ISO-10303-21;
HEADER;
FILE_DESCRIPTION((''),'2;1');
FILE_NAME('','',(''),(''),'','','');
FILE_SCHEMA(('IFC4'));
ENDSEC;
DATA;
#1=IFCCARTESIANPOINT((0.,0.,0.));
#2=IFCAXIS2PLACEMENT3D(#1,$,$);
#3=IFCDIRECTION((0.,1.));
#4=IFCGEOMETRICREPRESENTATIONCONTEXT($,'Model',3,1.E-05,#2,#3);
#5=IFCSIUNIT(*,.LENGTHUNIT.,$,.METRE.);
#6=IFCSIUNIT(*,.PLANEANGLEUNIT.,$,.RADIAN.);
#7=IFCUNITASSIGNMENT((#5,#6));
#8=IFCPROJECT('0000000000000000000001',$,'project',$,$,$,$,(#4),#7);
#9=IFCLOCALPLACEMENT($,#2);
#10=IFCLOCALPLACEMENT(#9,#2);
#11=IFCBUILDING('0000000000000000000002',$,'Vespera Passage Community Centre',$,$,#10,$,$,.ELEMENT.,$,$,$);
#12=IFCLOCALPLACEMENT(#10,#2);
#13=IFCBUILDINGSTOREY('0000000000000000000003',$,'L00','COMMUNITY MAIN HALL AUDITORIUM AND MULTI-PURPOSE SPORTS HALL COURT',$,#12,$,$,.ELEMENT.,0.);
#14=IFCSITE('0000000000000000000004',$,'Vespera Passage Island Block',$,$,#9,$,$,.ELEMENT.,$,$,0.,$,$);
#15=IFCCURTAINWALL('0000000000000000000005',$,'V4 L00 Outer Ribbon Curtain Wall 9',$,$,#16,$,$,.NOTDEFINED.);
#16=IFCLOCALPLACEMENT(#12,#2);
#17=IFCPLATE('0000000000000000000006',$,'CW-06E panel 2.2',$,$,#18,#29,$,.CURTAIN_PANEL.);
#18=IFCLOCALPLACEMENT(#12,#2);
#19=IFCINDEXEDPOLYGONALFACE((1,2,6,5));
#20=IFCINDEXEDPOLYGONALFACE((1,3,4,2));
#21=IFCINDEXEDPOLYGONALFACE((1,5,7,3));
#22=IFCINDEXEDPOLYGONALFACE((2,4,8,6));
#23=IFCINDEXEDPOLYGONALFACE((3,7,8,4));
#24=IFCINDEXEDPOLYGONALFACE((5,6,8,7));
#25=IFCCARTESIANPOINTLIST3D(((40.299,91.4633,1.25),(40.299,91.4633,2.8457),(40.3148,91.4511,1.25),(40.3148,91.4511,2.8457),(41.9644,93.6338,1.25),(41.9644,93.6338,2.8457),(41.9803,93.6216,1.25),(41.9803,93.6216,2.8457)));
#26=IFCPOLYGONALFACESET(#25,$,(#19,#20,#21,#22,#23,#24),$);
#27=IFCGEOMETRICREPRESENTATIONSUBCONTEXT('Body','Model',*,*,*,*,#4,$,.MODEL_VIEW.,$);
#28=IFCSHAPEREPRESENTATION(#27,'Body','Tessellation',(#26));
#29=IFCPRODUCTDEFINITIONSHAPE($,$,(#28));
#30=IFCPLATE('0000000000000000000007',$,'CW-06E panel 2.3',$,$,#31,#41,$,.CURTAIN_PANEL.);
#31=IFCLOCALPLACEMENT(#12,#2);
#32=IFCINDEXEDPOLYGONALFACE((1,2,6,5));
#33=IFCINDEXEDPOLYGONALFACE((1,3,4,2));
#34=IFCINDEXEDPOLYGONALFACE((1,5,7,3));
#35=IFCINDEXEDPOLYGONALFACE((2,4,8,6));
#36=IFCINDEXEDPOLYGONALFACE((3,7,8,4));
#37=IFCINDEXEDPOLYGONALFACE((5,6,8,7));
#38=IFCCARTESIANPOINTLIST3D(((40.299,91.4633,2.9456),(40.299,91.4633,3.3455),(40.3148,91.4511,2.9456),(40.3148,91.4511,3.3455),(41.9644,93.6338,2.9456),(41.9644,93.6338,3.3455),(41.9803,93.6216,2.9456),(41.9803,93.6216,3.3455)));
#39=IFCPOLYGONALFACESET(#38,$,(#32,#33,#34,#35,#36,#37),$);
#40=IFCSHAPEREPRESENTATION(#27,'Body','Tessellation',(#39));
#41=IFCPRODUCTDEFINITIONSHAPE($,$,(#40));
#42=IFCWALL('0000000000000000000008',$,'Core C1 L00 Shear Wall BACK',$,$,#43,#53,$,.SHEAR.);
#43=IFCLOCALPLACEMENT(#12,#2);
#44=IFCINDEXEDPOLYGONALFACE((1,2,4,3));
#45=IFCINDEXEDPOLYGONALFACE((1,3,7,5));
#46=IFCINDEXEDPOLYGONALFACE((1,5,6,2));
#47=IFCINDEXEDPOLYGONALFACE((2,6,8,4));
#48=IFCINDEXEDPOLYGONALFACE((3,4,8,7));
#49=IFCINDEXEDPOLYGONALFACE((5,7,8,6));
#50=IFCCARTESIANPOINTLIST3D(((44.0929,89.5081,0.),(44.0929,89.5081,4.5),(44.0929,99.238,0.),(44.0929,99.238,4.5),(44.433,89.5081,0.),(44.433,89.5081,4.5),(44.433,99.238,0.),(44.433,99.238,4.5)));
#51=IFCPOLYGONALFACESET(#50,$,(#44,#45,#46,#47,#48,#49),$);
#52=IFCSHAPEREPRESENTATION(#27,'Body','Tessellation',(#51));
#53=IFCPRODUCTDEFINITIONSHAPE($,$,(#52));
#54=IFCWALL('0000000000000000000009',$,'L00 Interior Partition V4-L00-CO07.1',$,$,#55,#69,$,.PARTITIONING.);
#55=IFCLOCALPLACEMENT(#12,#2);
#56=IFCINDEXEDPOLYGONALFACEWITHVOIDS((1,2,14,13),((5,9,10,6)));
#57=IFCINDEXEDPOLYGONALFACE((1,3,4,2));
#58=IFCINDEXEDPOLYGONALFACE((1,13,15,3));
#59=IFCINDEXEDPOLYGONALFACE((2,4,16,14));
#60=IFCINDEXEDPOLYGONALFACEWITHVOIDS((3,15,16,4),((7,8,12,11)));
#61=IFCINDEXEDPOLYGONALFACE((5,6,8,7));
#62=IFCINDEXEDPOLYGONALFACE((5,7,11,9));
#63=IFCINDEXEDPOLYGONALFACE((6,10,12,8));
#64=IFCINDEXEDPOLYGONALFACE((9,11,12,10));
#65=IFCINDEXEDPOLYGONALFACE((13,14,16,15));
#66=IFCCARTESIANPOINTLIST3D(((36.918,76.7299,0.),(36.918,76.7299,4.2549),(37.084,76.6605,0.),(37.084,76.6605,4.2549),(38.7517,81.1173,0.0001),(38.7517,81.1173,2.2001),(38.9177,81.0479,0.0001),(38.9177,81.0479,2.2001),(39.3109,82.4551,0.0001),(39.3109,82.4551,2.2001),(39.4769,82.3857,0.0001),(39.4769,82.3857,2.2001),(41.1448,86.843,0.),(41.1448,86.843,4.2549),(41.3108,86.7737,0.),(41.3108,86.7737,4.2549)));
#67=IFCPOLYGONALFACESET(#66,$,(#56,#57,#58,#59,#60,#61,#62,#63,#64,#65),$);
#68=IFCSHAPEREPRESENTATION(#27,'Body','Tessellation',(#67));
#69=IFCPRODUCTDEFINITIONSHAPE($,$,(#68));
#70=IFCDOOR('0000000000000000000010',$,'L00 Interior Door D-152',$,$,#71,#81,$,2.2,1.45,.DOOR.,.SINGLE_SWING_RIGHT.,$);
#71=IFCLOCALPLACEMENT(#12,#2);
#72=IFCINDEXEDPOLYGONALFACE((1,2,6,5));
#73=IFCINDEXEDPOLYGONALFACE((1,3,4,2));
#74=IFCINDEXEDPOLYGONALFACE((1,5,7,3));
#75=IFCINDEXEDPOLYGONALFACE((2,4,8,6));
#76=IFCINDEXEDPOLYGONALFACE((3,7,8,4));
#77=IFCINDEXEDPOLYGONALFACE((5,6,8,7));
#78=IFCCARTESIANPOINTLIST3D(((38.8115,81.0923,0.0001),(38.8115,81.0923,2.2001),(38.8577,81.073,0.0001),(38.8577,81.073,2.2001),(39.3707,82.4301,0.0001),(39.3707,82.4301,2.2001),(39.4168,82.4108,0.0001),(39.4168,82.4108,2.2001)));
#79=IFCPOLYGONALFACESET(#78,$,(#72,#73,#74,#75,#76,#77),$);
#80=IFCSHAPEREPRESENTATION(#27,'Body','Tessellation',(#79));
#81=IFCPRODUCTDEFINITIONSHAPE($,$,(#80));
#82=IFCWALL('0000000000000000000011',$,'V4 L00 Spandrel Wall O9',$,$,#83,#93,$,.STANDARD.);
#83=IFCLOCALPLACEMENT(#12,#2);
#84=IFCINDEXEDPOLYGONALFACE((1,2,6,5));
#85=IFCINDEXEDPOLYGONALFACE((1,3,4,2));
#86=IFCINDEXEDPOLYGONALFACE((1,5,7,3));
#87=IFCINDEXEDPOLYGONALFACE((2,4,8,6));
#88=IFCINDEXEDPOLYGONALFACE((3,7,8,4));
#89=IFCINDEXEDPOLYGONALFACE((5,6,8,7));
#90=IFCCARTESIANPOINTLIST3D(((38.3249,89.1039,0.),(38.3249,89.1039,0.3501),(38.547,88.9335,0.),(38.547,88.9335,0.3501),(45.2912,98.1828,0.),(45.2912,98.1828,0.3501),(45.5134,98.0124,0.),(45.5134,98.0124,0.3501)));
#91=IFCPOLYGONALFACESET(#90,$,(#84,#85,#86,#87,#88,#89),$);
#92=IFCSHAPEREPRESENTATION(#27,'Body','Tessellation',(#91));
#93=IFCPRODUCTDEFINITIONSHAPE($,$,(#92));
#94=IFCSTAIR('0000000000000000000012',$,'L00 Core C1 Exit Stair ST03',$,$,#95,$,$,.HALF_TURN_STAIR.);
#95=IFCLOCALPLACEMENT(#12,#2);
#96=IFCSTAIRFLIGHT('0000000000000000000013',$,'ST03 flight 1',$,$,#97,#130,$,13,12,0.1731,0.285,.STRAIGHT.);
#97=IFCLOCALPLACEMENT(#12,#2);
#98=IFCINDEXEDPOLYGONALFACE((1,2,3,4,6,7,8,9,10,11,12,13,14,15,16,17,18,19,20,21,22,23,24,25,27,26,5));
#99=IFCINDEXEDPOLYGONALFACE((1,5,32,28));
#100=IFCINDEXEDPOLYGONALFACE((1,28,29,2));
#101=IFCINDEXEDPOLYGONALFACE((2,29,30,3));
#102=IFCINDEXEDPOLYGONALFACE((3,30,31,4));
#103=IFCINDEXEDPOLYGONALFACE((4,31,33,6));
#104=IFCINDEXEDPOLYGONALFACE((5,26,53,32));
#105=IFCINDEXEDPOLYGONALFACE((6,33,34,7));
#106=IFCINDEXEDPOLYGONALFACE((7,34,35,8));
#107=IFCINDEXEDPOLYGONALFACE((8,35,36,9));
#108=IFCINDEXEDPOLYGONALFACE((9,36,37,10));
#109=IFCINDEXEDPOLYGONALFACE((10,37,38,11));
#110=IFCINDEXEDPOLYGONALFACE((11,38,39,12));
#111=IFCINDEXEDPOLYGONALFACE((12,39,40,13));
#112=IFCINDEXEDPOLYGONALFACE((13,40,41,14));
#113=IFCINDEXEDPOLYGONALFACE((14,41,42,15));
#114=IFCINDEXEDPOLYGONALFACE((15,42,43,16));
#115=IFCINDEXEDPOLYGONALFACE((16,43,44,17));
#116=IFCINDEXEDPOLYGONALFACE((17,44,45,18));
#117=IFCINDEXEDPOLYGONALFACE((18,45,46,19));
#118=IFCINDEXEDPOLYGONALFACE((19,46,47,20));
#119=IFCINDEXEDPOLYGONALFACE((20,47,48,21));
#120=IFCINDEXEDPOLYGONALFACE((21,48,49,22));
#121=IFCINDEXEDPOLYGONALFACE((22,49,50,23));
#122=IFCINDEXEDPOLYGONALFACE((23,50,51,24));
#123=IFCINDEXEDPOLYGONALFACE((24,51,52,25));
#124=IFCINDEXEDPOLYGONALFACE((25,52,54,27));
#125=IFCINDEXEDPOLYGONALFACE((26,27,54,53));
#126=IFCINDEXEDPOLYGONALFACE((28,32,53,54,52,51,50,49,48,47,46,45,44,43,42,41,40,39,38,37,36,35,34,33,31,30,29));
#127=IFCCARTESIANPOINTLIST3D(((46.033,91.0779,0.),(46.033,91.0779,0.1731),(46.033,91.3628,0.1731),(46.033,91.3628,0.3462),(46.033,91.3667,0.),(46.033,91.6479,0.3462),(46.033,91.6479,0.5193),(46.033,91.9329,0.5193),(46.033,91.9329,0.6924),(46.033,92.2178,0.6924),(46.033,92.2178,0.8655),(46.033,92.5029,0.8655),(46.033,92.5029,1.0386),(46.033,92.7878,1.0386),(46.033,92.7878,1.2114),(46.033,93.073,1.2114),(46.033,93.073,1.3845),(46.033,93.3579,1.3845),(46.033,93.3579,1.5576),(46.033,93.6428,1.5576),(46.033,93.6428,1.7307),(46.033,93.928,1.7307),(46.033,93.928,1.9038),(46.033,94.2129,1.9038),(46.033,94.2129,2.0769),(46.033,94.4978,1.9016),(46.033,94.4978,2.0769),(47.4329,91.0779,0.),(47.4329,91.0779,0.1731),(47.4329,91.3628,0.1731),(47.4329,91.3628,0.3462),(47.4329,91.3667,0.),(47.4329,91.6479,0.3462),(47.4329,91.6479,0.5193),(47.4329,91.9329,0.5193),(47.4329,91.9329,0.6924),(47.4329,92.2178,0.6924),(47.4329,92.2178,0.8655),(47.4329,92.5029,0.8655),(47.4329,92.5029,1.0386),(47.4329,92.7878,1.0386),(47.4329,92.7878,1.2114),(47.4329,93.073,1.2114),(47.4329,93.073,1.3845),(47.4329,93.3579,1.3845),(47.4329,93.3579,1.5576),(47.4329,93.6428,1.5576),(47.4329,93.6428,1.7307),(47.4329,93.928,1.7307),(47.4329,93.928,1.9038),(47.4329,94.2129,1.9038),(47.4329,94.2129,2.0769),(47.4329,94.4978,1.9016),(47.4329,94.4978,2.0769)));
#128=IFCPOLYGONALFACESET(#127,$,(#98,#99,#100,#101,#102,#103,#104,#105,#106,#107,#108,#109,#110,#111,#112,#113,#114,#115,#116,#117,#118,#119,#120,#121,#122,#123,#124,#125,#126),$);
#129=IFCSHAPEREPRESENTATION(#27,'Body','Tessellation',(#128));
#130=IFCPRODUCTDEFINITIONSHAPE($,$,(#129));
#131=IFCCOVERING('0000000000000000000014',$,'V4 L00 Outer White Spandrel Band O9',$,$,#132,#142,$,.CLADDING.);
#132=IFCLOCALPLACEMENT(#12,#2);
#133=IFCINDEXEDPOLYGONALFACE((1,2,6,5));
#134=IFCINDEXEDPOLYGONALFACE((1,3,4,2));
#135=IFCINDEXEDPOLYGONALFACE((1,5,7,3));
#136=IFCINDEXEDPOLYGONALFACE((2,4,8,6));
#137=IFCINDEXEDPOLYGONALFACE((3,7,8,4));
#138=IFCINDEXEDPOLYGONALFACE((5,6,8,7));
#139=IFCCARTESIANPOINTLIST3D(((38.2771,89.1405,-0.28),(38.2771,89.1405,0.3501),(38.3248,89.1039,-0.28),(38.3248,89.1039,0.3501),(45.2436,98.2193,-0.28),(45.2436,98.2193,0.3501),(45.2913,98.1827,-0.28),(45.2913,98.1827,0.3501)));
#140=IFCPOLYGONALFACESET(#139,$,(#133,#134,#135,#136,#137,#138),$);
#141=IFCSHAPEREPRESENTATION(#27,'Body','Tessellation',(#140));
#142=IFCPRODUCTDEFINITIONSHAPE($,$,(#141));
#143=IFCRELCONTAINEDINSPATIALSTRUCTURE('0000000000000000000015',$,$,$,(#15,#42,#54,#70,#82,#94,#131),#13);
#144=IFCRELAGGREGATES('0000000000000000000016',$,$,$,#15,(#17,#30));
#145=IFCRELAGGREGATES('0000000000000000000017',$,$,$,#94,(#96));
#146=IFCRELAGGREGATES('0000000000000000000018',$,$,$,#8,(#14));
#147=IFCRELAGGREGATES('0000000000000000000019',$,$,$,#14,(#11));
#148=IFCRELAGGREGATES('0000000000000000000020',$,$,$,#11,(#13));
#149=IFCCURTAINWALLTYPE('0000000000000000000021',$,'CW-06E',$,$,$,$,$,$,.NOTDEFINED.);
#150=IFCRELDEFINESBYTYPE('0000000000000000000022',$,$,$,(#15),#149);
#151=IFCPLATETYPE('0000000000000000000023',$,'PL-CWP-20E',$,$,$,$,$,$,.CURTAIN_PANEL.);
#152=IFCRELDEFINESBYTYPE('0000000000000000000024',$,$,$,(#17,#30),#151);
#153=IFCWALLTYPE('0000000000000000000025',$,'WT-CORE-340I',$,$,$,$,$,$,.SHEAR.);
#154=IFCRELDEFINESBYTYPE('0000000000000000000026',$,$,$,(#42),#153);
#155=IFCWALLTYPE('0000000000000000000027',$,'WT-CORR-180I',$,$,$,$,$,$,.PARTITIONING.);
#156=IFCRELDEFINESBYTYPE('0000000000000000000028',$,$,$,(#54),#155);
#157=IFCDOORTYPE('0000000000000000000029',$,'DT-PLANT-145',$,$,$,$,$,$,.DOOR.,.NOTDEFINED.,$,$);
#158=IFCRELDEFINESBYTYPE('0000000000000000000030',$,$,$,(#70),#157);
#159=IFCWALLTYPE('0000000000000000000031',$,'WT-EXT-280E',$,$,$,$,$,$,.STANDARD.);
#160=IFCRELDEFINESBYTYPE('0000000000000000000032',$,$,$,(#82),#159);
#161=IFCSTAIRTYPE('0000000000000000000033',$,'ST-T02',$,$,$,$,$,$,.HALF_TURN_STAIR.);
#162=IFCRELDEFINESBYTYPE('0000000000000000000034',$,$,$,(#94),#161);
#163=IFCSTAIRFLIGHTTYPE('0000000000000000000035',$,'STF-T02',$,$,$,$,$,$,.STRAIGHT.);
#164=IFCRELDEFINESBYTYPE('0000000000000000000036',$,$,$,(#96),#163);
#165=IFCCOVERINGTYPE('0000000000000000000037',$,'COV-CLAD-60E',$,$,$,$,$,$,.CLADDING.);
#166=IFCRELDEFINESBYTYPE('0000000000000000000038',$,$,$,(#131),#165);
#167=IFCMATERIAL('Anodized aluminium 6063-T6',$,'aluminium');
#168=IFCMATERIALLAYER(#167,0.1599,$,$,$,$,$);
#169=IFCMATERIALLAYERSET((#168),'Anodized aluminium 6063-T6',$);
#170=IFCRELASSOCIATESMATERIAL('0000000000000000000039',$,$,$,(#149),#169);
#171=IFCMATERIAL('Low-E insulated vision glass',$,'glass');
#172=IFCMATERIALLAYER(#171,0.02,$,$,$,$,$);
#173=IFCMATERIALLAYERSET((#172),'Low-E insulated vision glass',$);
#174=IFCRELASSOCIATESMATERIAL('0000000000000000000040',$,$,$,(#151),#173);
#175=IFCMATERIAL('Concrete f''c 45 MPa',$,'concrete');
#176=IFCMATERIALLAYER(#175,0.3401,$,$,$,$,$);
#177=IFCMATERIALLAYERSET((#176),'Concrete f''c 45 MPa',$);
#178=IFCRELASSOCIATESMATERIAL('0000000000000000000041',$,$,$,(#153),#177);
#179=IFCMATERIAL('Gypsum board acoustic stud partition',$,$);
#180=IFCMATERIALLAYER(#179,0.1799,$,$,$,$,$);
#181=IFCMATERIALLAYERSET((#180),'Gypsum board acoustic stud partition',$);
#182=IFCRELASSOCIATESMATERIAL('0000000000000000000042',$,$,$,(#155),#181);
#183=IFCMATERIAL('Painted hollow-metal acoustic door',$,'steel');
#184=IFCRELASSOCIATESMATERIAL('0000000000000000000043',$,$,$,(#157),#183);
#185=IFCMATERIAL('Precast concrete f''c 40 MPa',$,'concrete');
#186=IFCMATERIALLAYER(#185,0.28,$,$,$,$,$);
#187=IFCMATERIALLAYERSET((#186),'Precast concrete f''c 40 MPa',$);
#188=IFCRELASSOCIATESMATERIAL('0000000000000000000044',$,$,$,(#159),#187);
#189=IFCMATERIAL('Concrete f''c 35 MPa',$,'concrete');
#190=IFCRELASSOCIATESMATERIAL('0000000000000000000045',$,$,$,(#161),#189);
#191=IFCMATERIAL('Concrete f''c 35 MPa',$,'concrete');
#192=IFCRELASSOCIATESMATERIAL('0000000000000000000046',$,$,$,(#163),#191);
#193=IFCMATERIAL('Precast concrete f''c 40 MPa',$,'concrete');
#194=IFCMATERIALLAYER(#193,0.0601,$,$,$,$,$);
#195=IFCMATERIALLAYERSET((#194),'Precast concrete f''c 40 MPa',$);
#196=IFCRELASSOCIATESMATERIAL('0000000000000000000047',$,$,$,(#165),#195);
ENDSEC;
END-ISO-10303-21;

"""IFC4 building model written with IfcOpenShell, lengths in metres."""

from ifc_helpers import new_model, si_unit, direction, frame, frame_2d, origin, origin_2d, place, context, subcontext, project, spatial, polyline, rectangle, outline, extrude, material, layer, layer_set, type_object, element, fill, aggregate, save


model = new_model("IFC4")

# Units and contexts
model_context = context("Model", 3, precision=1e-05, world=origin(), true_north=direction((0.0, 1.0)))
body_context = subcontext(model_context, "Body", "Model", "MODEL_VIEW")
ifc_project = project(units=[si_unit("LENGTHUNIT", "METRE"), si_unit("PLANEANGLEUNIT", "RADIAN")], contexts=[model_context])

# Site, building, storey
site_placement = place(None, origin())
site = spatial("IfcSite", under=ifc_project, at=site_placement, Name="Vespera Passage Island Block", CompositionType="ELEMENT", RefElevation=0.0)
building_placement = place(site_placement, origin())
building = spatial("IfcBuilding", under=site, at=building_placement, Name="Vespera Passage Community Centre", CompositionType="ELEMENT")
storey_placement = place(building_placement, origin())
storey = spatial("IfcBuildingStorey", under=building, at=storey_placement, Name="L00", Description="COMMUNITY MAIN HALL AUDITORIUM AND MULTI-PURPOSE SPORTS HALL COURT", CompositionType="ELEMENT", Elevation=0.0)

# Curtain wall
ifc_material_1 = material(Name="Anodized aluminium 6063-T6", Category="aluminium")
ifc_layer_1 = layer(ifc_material_1, 0.1599)
ifc_layer_set_1 = layer_set([ifc_layer_1], Name="Anodized aluminium 6063-T6")
curtain_wall_type_1 = type_object("IfcCurtainWallType", Name="CW-06E", PredefinedType="NOTDEFINED", material=ifc_layer_set_1)
curtain_wall_1_placement = place(storey_placement, origin())
curtain_wall_1 = element("IfcCurtainWall", 1, at=curtain_wall_1_placement, inside=storey, type_object=curtain_wall_type_1, Name="V4 L00 Outer Ribbon Curtain Wall 9", PredefinedType="NOTDEFINED")

# Plates
ifc_material_2 = material(Name="Low-E insulated vision glass", Category="glass")
ifc_layer_2 = layer(ifc_material_2, 0.02)
ifc_layer_set_2 = layer_set([ifc_layer_2], Name="Low-E insulated vision glass")
plate_type = type_object("IfcPlateType", Name="PL-CWP-20E", PredefinedType="CURTAIN_PANEL", material=ifc_layer_set_2)
plate_1_placement = place(storey_placement, frame((41.1396, 92.5425, 1.25), z_axis=(0.0, 0.0, 1.0), x_axis=(0.608765, 0.79335, 0.0)))
plate_1 = element("IfcPlate", 2, at=plate_1_placement, type_object=plate_type, Name="CW-06E panel 2.2", PredefinedType="CURTAIN_PANEL", context=body_context, shape_type="SweptSolid", body=[
    extrude(rectangle(XDim=2.7358, YDim=0.02, at=origin_2d()), origin(), (0.0, 0.0, 1.0), 1.5957),
])
plate_2_placement = place(storey_placement, frame((41.1396, 92.5425, 2.9456), z_axis=(0.0, 0.0, 1.0), x_axis=(0.608765, 0.79335, 0.0)))
plate_2 = element("IfcPlate", 3, at=plate_2_placement, type_object=plate_type, Name="CW-06E panel 2.3", PredefinedType="CURTAIN_PANEL", context=body_context, shape_type="SweptSolid", body=[
    extrude(rectangle(XDim=2.7358, YDim=0.02, at=origin_2d()), origin(), (0.0, 0.0, 1.0), 0.3999),
])
aggregate(curtain_wall_1, [plate_1, plate_2])

# Wall
ifc_material_3 = material(Name="Concrete f'c 45 MPa", Category="concrete")
ifc_layer_3 = layer(ifc_material_3, 0.3401)
ifc_layer_set_3 = layer_set([ifc_layer_3], Name="Concrete f'c 45 MPa")
wall_type_1 = type_object("IfcWallType", Name="WT-CORE-340I", PredefinedType="SHEAR", material=ifc_layer_set_3)
wall_1_placement = place(storey_placement, frame((44.2629, 89.5081, 0.0), z_axis=(0.0, 0.0, 1.0), x_axis=(0.0, 1.0, 0.0)))
element("IfcWall", 4, at=wall_1_placement, inside=storey, type_object=wall_type_1, Name="Core C1 L00 Shear Wall BACK", PredefinedType="SHEAR", context=body_context, shape_type="SweptSolid", body=[
    extrude(rectangle(XDim=9.73, YDim=0.3401, at=frame_2d((4.865, 0.0))), origin(), (0.0, 0.0, 1.0), 4.5),
])

# Wall, opening, door
ifc_material_4 = material(Name="Gypsum board acoustic stud partition")
ifc_layer_4 = layer(ifc_material_4, 0.1799)
ifc_layer_set_4 = layer_set([ifc_layer_4], Name="Gypsum board acoustic stud partition")
wall_type_2 = type_object("IfcWallType", Name="WT-CORR-180I", PredefinedType="PARTITIONING", material=ifc_layer_set_4)
wall_2_placement = place(storey_placement, frame((41.2278, 86.8083, 0.0), z_axis=(0.0, 0.0, 1.0), x_axis=(-0.385621, -0.922657, 0.0)))
wall_2 = element("IfcWall", 5, at=wall_2_placement, inside=storey, type_object=wall_type_2, Name="L00 Interior Partition V4-L00-CO07.1", PredefinedType="PARTITIONING", context=body_context, shape_type="SweptSolid", body=[
    extrude(rectangle(XDim=10.9609, YDim=0.1799, at=frame_2d((5.4805, 0.0))), origin(), (0.0, 0.0, 1.0), 4.2549),
])
opening_1_placement = place(wall_2_placement, frame((4.7556, 0.0, 0.0)))
opening_1 = element("IfcOpeningElement", 6, at=opening_1_placement, cuts=wall_2, PredefinedType="OPENING", context=body_context, shape_type="SweptSolid", body=[
    extrude(rectangle(XDim=1.45, YDim=2.2, at=frame_2d((0.7251, 1.1001))), frame((0.0, 0.0999, 0.0), z_axis=(0.0, -1.0, 0.0), x_axis=(1.0, 0.0, 0.0)), (0.0, 0.0, 1.0), 0.2),
])
ifc_material_5 = material(Name="Painted hollow-metal acoustic door", Category="steel")
door_type_1 = type_object("IfcDoorType", Name="DT-PLANT-145", OperationType="NOTDEFINED", PredefinedType="DOOR", material=ifc_material_5)
door_1_placement = place(opening_1_placement, origin())
door_1 = element("IfcDoor", 7, at=door_1_placement, inside=storey, type_object=door_type_1, Name="L00 Interior Door D-152", OperationType="SINGLE_SWING_RIGHT", OverallHeight=2.2, OverallWidth=1.45, PredefinedType="DOOR", context=body_context, shape_type="SweptSolid", body=[
    extrude(rectangle(XDim=1.45, YDim=2.2, at=frame_2d((0.7251, 1.1001))), frame((0.0, 0.0249, 0.0), z_axis=(0.0, -1.0, 0.0), x_axis=(1.0, 0.0, 0.0)), (0.0, 0.0, 1.0), 0.05),
])
fill(opening_1, door_1)

# Wall
ifc_material_6 = material(Name="Precast concrete f'c 40 MPa", Category="concrete")
ifc_layer_5 = layer(ifc_material_6, 0.28)
ifc_layer_set_5 = layer_set([ifc_layer_5], Name="Precast concrete f'c 40 MPa")
wall_type_3 = type_object("IfcWallType", Name="WT-EXT-280E", PredefinedType="STANDARD", material=ifc_layer_set_5)
wall_3_placement = place(storey_placement, frame((38.436, 89.0188, 0.0), z_axis=(0.0, 0.0, 1.0), x_axis=(0.608754, 0.793359, 0.0)))
element("IfcWall", 8, at=wall_3_placement, inside=storey, type_object=wall_type_3, Name="V4 L00 Spandrel Wall O9", PredefinedType="STANDARD", context=body_context, shape_type="SweptSolid", body=[
    extrude(rectangle(XDim=11.4436, YDim=0.28, at=frame_2d((5.7217, 0.0))), origin(), (0.0, 0.0, 1.0), 0.3501),
])

# Stair, stair flight
ifc_material_7 = material(Name="Concrete f'c 35 MPa", Category="concrete")
stair_type = type_object("IfcStairType", Name="ST-T02", PredefinedType="HALF_TURN_STAIR", material=ifc_material_7)
stair_placement = place(storey_placement, origin())
stair = element("IfcStair", 9, at=stair_placement, inside=storey, type_object=stair_type, Name="L00 Core C1 Exit Stair ST03", PredefinedType="HALF_TURN_STAIR")
ifc_material_8 = material(Name="Concrete f'c 35 MPa", Category="concrete")
stair_flight_type = type_object("IfcStairFlightType", Name="STF-T02", PredefinedType="STRAIGHT", material=ifc_material_8)
stair_flight_placement = place(storey_placement, frame((46.7329, 91.0779, 0.0), z_axis=(0.0, 0.0, 1.0), x_axis=(0.0, 1.0, 0.0)))
stair_flight = element("IfcStairFlight", 10, at=stair_flight_placement, type_object=stair_flight_type, Name="ST03 flight 1", NumberOfRisers=13, NumberOfTreads=12, PredefinedType="STRAIGHT", RiserHeight=0.1731, TreadLength=0.285, context=body_context, shape_type="SweptSolid", body=[
    extrude(outline(polyline([(0.0, 0.0), (0.0, 0.1731), (0.2849, 0.1731), (0.2849, 0.3462), (0.5701, 0.3462), (0.5701, 0.5193), (0.855, 0.5193), (0.855, 0.6924), (1.1399, 0.6924), (1.1399, 0.8655), (1.425, 0.8655), (1.425, 1.0386), (1.71, 1.0386), (1.71, 1.2114), (1.9951, 1.2114), (1.9951, 1.3845), (2.28, 1.3845), (2.28, 1.5576), (2.5649, 1.5576), (2.5649, 1.7307), (2.8501, 1.7307), (2.8501, 1.9038), (3.135, 1.9038), (3.135, 2.0769), (3.4199, 2.0769), (3.4199, 2.25), (3.4199, 1.9016), (0.2888, 0.0), (0.0, 0.0)])), frame((0.0, 0.7, 0.0), z_axis=(0.0, -1.0, 0.0), x_axis=(1.0, 0.0, 0.0)), (0.0, 0.0, 1.0), 1.3999),
])
aggregate(stair, [stair_flight])

# Covering
ifc_material_9 = material(Name="Precast concrete f'c 40 MPa", Category="concrete")
ifc_layer_6 = layer(ifc_material_9, 0.0601)
ifc_layer_set_6 = layer_set([ifc_layer_6], Name="Precast concrete f'c 40 MPa")
covering_type = type_object("IfcCoveringType", Name="COV-CLAD-60E", PredefinedType="CLADDING", material=ifc_layer_set_6)
covering_placement = place(storey_placement, frame((38.301, 89.1223, -0.28), z_axis=(0.0, 0.0, 1.0), x_axis=(0.608767, 0.793349, 0.0)))
element("IfcCovering", 11, at=covering_placement, inside=storey, type_object=covering_type, Name="V4 L00 Outer White Spandrel Band O9", PredefinedType="CLADDING", context=body_context, shape_type="SweptSolid", body=[
    extrude(rectangle(XDim=11.4436, YDim=0.0601, at=frame_2d((5.7217, 0.0))), origin(), (0.0, 0.0, 1.0), 0.6301),
])

save(model, "model.ifc")
